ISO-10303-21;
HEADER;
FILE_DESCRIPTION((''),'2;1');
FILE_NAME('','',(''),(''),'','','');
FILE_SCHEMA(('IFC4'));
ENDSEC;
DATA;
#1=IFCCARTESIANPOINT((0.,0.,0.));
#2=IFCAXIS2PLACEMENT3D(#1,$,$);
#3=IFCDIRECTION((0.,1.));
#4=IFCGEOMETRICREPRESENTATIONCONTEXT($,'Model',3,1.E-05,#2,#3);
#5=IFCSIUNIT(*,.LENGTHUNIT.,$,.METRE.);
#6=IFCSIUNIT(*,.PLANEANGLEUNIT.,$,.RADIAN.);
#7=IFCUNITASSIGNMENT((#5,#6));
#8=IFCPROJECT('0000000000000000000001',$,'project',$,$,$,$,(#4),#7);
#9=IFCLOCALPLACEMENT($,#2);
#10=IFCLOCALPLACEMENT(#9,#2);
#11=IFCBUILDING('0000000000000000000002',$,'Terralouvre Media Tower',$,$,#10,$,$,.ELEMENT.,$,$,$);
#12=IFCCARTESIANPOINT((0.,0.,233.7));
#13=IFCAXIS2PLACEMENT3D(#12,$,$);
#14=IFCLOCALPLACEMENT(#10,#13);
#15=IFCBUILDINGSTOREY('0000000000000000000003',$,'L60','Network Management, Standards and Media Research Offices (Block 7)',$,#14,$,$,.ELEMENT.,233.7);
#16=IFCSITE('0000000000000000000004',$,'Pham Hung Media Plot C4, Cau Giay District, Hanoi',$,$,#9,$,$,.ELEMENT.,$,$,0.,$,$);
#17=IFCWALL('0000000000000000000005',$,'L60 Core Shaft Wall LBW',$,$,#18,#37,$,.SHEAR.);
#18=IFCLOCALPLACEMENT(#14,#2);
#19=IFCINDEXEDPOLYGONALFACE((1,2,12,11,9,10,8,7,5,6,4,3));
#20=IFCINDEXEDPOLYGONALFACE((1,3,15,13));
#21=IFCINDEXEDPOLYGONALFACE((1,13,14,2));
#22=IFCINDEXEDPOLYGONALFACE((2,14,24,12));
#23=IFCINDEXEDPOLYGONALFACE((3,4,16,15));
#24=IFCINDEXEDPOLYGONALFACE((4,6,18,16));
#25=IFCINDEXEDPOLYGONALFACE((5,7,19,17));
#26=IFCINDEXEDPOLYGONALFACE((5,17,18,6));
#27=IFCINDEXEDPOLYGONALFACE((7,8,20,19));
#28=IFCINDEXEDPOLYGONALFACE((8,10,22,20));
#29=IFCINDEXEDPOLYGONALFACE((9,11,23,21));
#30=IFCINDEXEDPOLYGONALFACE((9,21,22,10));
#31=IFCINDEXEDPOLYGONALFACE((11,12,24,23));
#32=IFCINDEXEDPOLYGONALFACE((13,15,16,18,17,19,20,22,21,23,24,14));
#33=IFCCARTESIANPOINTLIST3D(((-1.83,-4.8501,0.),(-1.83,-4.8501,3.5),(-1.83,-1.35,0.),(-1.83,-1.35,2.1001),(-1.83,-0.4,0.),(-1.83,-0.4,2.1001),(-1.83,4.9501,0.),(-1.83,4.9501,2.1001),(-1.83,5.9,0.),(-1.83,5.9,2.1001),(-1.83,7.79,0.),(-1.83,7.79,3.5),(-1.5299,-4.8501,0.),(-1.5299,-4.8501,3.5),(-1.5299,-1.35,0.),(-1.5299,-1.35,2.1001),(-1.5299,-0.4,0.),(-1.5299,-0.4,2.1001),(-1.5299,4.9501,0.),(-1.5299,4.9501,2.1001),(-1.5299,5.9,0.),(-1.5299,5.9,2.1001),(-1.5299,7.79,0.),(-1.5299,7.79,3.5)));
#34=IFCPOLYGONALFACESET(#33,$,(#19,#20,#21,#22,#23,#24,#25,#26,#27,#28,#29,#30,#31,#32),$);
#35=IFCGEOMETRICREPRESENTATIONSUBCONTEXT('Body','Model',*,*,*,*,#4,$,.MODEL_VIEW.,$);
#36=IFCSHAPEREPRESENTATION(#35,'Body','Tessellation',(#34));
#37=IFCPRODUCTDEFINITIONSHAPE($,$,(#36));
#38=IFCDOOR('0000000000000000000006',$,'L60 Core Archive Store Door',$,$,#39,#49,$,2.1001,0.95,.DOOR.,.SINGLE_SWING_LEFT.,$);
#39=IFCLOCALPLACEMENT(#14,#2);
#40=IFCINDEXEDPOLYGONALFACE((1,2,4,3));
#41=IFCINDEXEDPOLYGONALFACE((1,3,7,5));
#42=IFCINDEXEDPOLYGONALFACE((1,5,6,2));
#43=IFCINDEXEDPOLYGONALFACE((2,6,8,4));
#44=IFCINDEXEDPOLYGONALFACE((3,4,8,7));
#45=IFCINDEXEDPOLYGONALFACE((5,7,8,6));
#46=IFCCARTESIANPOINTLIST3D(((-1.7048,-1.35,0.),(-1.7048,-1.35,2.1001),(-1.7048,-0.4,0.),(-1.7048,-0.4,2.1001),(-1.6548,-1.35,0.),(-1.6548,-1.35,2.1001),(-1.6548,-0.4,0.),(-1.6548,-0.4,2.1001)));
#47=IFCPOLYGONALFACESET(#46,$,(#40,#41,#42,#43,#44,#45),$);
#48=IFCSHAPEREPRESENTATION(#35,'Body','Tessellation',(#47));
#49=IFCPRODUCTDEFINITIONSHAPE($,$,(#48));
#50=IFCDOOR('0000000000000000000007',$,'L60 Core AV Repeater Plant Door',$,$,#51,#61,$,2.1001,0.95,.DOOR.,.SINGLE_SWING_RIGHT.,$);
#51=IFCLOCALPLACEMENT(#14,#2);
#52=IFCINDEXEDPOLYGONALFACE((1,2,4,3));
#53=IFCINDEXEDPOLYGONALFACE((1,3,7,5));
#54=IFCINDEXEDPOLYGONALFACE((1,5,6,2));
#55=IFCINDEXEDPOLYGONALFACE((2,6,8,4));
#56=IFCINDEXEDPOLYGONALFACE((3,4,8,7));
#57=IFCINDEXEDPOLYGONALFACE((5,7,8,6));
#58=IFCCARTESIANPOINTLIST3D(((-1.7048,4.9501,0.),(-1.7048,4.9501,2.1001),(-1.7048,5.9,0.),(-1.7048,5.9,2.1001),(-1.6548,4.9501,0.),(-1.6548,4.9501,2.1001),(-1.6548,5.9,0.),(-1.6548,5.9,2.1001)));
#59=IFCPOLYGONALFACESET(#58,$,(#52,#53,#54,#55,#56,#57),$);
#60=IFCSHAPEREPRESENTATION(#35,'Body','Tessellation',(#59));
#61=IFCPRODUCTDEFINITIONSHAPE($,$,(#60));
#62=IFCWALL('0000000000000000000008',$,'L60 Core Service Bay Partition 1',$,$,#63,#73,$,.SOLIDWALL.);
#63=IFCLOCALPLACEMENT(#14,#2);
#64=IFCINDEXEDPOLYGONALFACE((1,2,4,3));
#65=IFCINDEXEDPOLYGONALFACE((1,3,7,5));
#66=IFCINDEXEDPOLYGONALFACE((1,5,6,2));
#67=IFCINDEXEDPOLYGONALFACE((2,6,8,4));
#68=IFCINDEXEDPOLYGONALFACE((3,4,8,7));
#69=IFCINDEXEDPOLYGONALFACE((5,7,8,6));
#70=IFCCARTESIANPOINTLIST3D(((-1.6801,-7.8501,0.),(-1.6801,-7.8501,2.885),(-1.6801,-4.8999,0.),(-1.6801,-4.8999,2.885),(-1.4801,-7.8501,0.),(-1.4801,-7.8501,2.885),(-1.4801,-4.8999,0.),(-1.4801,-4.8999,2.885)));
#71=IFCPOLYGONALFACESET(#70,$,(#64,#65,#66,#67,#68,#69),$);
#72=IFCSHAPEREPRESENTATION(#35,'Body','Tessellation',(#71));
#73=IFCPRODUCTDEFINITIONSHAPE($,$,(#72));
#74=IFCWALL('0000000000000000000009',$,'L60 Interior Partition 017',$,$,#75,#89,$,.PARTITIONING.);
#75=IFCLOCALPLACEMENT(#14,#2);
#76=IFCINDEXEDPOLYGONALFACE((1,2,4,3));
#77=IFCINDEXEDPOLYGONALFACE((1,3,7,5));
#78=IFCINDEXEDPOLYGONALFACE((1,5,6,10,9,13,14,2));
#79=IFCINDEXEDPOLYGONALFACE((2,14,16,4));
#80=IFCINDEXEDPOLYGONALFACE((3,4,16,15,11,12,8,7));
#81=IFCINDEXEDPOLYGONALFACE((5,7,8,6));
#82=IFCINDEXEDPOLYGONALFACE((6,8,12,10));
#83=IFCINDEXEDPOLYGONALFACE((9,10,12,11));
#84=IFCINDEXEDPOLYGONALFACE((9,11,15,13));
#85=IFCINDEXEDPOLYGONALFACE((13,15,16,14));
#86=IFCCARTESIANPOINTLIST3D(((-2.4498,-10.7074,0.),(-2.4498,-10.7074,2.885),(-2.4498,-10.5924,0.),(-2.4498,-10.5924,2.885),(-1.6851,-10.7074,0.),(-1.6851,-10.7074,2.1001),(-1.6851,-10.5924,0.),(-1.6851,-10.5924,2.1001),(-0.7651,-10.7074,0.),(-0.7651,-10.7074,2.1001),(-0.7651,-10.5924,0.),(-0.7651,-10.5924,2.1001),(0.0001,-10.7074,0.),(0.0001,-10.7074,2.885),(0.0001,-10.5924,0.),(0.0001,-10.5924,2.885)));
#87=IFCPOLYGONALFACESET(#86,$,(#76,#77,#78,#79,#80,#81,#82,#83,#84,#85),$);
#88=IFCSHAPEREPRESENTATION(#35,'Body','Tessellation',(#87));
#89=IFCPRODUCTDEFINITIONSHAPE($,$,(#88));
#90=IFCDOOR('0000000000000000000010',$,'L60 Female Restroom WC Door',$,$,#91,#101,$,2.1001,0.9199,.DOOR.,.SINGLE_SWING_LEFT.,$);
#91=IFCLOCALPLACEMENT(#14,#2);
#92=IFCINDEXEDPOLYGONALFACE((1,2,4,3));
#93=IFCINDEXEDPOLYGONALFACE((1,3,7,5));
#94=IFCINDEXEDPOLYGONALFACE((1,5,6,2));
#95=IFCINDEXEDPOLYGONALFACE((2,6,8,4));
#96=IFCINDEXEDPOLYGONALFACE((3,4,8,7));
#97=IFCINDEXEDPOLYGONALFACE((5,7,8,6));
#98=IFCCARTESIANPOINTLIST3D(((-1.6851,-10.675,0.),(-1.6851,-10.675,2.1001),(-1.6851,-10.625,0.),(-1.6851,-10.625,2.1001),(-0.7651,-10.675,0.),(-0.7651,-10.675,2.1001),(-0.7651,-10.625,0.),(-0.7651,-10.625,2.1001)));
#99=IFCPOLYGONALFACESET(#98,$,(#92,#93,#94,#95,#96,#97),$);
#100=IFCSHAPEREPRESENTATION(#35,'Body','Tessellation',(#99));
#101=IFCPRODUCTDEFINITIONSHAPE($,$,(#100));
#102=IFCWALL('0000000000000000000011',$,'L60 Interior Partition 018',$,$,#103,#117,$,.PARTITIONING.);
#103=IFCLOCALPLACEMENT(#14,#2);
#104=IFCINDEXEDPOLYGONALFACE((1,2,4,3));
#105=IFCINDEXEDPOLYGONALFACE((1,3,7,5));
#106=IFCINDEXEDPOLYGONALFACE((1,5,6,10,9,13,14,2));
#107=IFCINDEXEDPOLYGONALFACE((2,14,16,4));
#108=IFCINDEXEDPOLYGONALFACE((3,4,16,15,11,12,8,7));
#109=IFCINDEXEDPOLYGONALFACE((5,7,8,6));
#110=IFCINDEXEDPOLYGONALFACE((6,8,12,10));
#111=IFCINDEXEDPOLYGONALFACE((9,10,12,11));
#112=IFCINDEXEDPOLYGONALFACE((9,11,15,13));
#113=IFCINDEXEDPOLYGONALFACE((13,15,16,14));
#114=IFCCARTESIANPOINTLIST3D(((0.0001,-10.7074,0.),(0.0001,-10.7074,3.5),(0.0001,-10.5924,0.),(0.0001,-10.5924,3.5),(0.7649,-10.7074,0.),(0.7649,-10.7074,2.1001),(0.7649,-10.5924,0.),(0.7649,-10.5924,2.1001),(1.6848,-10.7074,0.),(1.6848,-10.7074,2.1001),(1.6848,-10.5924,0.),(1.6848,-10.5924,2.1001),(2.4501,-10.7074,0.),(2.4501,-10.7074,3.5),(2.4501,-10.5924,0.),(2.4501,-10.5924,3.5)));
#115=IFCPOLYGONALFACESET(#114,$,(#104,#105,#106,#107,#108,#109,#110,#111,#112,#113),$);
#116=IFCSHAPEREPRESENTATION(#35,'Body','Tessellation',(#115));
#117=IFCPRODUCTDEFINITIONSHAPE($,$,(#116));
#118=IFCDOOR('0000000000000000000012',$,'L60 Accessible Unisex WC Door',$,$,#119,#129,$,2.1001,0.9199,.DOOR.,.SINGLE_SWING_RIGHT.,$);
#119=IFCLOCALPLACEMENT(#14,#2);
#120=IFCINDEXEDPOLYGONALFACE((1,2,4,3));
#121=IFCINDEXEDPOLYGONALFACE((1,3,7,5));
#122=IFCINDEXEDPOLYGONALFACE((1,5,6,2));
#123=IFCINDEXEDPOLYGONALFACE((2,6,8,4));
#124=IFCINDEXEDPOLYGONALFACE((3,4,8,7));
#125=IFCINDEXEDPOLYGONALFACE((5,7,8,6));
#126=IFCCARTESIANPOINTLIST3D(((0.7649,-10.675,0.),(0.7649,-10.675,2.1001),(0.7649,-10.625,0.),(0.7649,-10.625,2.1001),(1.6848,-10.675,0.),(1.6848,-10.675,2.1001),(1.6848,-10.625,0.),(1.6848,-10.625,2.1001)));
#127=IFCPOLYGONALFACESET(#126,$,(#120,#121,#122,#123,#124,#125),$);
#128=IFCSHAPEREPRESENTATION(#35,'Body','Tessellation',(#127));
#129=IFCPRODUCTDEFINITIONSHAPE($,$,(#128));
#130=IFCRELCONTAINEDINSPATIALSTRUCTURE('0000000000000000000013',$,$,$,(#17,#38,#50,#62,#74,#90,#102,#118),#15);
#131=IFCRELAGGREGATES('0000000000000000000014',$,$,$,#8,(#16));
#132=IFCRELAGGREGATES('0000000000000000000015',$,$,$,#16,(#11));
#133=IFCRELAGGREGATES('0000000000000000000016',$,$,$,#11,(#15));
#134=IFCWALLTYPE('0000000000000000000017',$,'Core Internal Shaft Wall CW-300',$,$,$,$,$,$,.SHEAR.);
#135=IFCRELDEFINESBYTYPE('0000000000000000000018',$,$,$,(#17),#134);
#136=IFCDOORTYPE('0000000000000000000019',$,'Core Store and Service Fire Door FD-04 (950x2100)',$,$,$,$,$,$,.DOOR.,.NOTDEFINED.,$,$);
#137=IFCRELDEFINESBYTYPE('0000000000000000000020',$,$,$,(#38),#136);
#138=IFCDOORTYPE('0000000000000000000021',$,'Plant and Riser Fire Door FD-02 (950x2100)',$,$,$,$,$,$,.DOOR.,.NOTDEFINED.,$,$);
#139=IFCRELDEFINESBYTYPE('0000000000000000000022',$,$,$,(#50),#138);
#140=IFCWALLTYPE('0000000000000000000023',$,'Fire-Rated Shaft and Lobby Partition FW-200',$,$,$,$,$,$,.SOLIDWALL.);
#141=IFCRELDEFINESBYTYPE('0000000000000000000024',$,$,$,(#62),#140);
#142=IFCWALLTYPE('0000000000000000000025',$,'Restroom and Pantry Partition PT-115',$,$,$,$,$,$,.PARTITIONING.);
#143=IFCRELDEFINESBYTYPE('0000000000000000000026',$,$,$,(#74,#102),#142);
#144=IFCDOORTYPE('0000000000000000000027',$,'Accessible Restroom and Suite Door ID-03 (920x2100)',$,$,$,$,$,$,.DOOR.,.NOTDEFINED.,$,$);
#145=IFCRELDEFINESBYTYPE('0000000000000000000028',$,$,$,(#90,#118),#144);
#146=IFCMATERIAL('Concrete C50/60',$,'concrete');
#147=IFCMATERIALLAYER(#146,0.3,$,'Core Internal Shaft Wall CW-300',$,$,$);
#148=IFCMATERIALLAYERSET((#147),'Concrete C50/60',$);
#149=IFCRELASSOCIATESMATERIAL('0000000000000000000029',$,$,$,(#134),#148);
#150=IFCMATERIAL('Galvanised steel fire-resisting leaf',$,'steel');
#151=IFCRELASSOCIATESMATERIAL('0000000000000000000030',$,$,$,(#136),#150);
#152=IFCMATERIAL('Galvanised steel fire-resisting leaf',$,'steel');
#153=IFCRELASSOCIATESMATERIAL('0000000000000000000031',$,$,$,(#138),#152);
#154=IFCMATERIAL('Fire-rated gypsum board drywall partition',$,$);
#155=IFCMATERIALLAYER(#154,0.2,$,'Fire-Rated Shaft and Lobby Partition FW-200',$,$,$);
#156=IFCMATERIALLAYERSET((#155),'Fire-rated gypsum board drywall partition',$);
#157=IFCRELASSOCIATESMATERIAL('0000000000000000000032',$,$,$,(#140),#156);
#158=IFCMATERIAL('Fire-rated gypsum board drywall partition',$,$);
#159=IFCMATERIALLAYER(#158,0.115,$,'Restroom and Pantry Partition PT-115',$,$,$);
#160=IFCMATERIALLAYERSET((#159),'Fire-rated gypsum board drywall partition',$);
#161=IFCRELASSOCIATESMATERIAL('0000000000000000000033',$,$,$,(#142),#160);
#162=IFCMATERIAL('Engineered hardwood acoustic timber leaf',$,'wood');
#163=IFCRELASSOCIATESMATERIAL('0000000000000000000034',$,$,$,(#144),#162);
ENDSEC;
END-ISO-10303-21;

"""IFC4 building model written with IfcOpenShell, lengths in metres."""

from ifc_helpers import new_model, si_unit, direction, frame, frame_2d, origin, place, context, subcontext, project, spatial, rectangle, extrude, material, layer, layer_set, type_object, element, fill, save


model = new_model("IFC4")

# Units and contexts
model_context = context("Model", 3, precision=1e-05, world=origin(), true_north=direction((0.0, 1.0)))
body_context = subcontext(model_context, "Body", "Model", "MODEL_VIEW")
ifc_project = project(units=[si_unit("LENGTHUNIT", "METRE"), si_unit("PLANEANGLEUNIT", "RADIAN")], contexts=[model_context])

# Site, building, storey
site_placement = place(None, origin())
site = spatial("IfcSite", under=ifc_project, at=site_placement, Name="Pham Hung Media Plot C4, Cau Giay District, Hanoi", CompositionType="ELEMENT", RefElevation=0.0)
building_placement = place(site_placement, origin())
building = spatial("IfcBuilding", under=site, at=building_placement, Name="Terralouvre Media Tower", CompositionType="ELEMENT")
storey_placement = place(building_placement, frame((0.0, 0.0, 233.7)))
storey = spatial("IfcBuildingStorey", under=building, at=storey_placement, Name="L60", Description="Network Management, Standards and Media Research Offices (Block 7)", CompositionType="ELEMENT", Elevation=233.7)

# Shared definitions
ifc_material_1 = material(Name="Concrete C50/60", Category="concrete")
ifc_layer_1 = layer(ifc_material_1, 0.3, Name="Core Internal Shaft Wall CW-300")
ifc_layer_set_1 = layer_set([ifc_layer_1], Name="Concrete C50/60")
wall_type_1 = type_object("IfcWallType", Name="Core Internal Shaft Wall CW-300", PredefinedType="SHEAR", material=ifc_layer_set_1)

# Wall, openings, doors
wall_1_placement = place(storey_placement, frame((-1.6799, -4.8501, 0.0), z_axis=(0.0, 0.0, 1.0), x_axis=(0.0, 1.0, 0.0)))
wall_1 = element("IfcWall", 1, at=wall_1_placement, inside=storey, type_object=wall_type_1, Name="L60 Core Shaft Wall LBW", PredefinedType="SHEAR", context=body_context, shape_type="SweptSolid", body=[
    extrude(rectangle(XDim=12.6401, YDim=0.3, at=frame_2d((6.3201, 0.0))), origin(), (0.0, 0.0, 1.0), 3.5),
])
opening_1_placement = place(wall_1_placement, frame((3.5, 0.0, 0.0)))
opening_1 = element("IfcOpeningElement", 2, at=opening_1_placement, cuts=wall_1, PredefinedType="OPENING", context=body_context, shape_type="SweptSolid", body=[
    extrude(rectangle(XDim=0.95, YDim=2.1001, at=frame_2d((0.4751, 1.05))), frame((0.0, 0.1599, 0.0), z_axis=(0.0, -1.0, 0.0), x_axis=(1.0, 0.0, 0.0)), (0.0, 0.0, 1.0), 0.3201),
])
opening_2_placement = place(wall_1_placement, frame((9.8, 0.0, 0.0)))
opening_2 = element("IfcOpeningElement", 3, at=opening_2_placement, cuts=wall_1, PredefinedType="OPENING", context=body_context, shape_type="SweptSolid", body=[
    extrude(rectangle(XDim=0.95, YDim=2.1001, at=frame_2d((0.4751, 1.05))), frame((0.0, 0.1599, 0.0), z_axis=(0.0, -1.0, 0.0), x_axis=(1.0, 0.0, 0.0)), (0.0, 0.0, 1.0), 0.3201),
])
ifc_material_2 = material(Name="Galvanised steel fire-resisting leaf", Category="steel")
door_type_1 = type_object("IfcDoorType", Name="Core Store and Service Fire Door FD-04 (950x2100)", OperationType="NOTDEFINED", PredefinedType="DOOR", material=ifc_material_2)
door_1_placement = place(opening_1_placement, origin())
door_1 = element("IfcDoor", 4, at=door_1_placement, inside=storey, type_object=door_type_1, Name="L60 Core Archive Store Door", OperationType="SINGLE_SWING_LEFT", OverallHeight=2.1001, OverallWidth=0.95, PredefinedType="DOOR", context=body_context, shape_type="SweptSolid", body=[
    extrude(rectangle(XDim=0.95, YDim=2.1001, at=frame_2d((0.4751, 1.05))), frame((0.0, 0.0249, 0.0), z_axis=(0.0, -1.0, 0.0), x_axis=(1.0, 0.0, 0.0)), (0.0, 0.0, 1.0), 0.05),
])
fill(opening_1, door_1)
ifc_material_3 = material(Name="Galvanised steel fire-resisting leaf", Category="steel")
door_type_2 = type_object("IfcDoorType", Name="Plant and Riser Fire Door FD-02 (950x2100)", OperationType="NOTDEFINED", PredefinedType="DOOR", material=ifc_material_3)
door_2_placement = place(opening_2_placement, origin())
door_2 = element("IfcDoor", 5, at=door_2_placement, inside=storey, type_object=door_type_2, Name="L60 Core AV Repeater Plant Door", OperationType="SINGLE_SWING_RIGHT", OverallHeight=2.1001, OverallWidth=0.95, PredefinedType="DOOR", context=body_context, shape_type="SweptSolid", body=[
    extrude(rectangle(XDim=0.95, YDim=2.1001, at=frame_2d((0.4751, 1.05))), frame((0.0, 0.0249, 0.0), z_axis=(0.0, -1.0, 0.0), x_axis=(1.0, 0.0, 0.0)), (0.0, 0.0, 1.0), 0.05),
])
fill(opening_2, door_2)

# Wall
ifc_material_4 = material(Name="Fire-rated gypsum board drywall partition")
ifc_layer_2 = layer(ifc_material_4, 0.2, Name="Fire-Rated Shaft and Lobby Partition FW-200")
ifc_layer_set_2 = layer_set([ifc_layer_2], Name="Fire-rated gypsum board drywall partition")
wall_type_2 = type_object("IfcWallType", Name="Fire-Rated Shaft and Lobby Partition FW-200", PredefinedType="SOLIDWALL", material=ifc_layer_set_2)
wall_2_placement = place(storey_placement, frame((-1.5801, -7.8501, 0.0), z_axis=(0.0, 0.0, 1.0), x_axis=(0.0, 1.0, 0.0)))
element("IfcWall", 6, at=wall_2_placement, inside=storey, type_object=wall_type_2, Name="L60 Core Service Bay Partition 1", PredefinedType="SOLIDWALL", context=body_context, shape_type="SweptSolid", body=[
    extrude(rectangle(XDim=2.9502, YDim=0.2, at=frame_2d((1.4751, 0.0))), origin(), (0.0, 0.0, 1.0), 2.885),
])

# Walls, openings, doors
ifc_material_5 = material(Name="Fire-rated gypsum board drywall partition")
ifc_layer_3 = layer(ifc_material_5, 0.115, Name="Restroom and Pantry Partition PT-115")
ifc_layer_set_3 = layer_set([ifc_layer_3], Name="Fire-rated gypsum board drywall partition")
wall_type_3 = type_object("IfcWallType", Name="Restroom and Pantry Partition PT-115", PredefinedType="PARTITIONING", material=ifc_layer_set_3)
wall_3_placement = place(storey_placement, frame((-2.45, -10.6499, 0.0), z_axis=(0.0, 0.0, 1.0), x_axis=(1.0, 0.0, 0.0)))
wall_3 = element("IfcWall", 7, at=wall_3_placement, inside=storey, type_object=wall_type_3, Name="L60 Interior Partition 017", PredefinedType="PARTITIONING", context=body_context, shape_type="SweptSolid", body=[
    extrude(rectangle(XDim=2.45, YDim=0.115, at=frame_2d((1.2251, 0.0))), origin(), (0.0, 0.0, 1.0), 2.885),
])
opening_3_placement = place(wall_3_placement, frame((0.7649, 0.0, 0.0)))
opening_3 = element("IfcOpeningElement", 8, at=opening_3_placement, cuts=wall_3, PredefinedType="OPENING", context=body_context, shape_type="SweptSolid", body=[
    extrude(rectangle(XDim=0.9199, YDim=2.1001, at=frame_2d((0.46, 1.05))), frame((0.0, 0.0674, 0.0), z_axis=(0.0, -1.0, 0.0), x_axis=(1.0, 0.0, 0.0)), (0.0, 0.0, 1.0), 0.135),
])
ifc_material_6 = material(Name="Engineered hardwood acoustic timber leaf", Category="wood")
door_type_3 = type_object("IfcDoorType", Name="Accessible Restroom and Suite Door ID-03 (920x2100)", OperationType="NOTDEFINED", PredefinedType="DOOR", material=ifc_material_6)
door_3_placement = place(opening_3_placement, origin())
door_3 = element("IfcDoor", 9, at=door_3_placement, inside=storey, type_object=door_type_3, Name="L60 Female Restroom WC Door", OperationType="SINGLE_SWING_LEFT", OverallHeight=2.1001, OverallWidth=0.9199, PredefinedType="DOOR", context=body_context, shape_type="SweptSolid", body=[
    extrude(rectangle(XDim=0.9199, YDim=2.1001, at=frame_2d((0.46, 1.05))), frame((0.0, 0.0249, 0.0), z_axis=(0.0, -1.0, 0.0), x_axis=(1.0, 0.0, 0.0)), (0.0, 0.0, 1.0), 0.05),
])
fill(opening_3, door_3)
wall_4_placement = place(storey_placement, frame((0.0, -10.6499, 0.0), z_axis=(0.0, 0.0, 1.0), x_axis=(1.0, 0.0, 0.0)))
wall_4 = element("IfcWall", 10, at=wall_4_placement, inside=storey, type_object=wall_type_3, Name="L60 Interior Partition 018", PredefinedType="PARTITIONING", context=body_context, shape_type="SweptSolid", body=[
    extrude(rectangle(XDim=2.45, YDim=0.115, at=frame_2d((1.2251, 0.0))), origin(), (0.0, 0.0, 1.0), 3.5),
])
opening_4_placement = place(wall_4_placement, frame((0.7649, 0.0, 0.0)))
opening_4 = element("IfcOpeningElement", 11, at=opening_4_placement, cuts=wall_4, PredefinedType="OPENING", context=body_context, shape_type="SweptSolid", body=[
    extrude(rectangle(XDim=0.9199, YDim=2.1001, at=frame_2d((0.46, 1.05))), frame((0.0, 0.0674, 0.0), z_axis=(0.0, -1.0, 0.0), x_axis=(1.0, 0.0, 0.0)), (0.0, 0.0, 1.0), 0.135),
])
door_4_placement = place(opening_4_placement, origin())
door_4 = element("IfcDoor", 12, at=door_4_placement, inside=storey, type_object=door_type_3, Name="L60 Accessible Unisex WC Door", OperationType="SINGLE_SWING_RIGHT", OverallHeight=2.1001, OverallWidth=0.9199, PredefinedType="DOOR", context=body_context, shape_type="SweptSolid", body=[
    extrude(rectangle(XDim=0.9199, YDim=2.1001, at=frame_2d((0.46, 1.05))), frame((0.0, 0.0249, 0.0), z_axis=(0.0, -1.0, 0.0), x_axis=(1.0, 0.0, 0.0)), (0.0, 0.0, 1.0), 0.05),
])
fill(opening_4, door_4)

save(model, "model.ifc")
